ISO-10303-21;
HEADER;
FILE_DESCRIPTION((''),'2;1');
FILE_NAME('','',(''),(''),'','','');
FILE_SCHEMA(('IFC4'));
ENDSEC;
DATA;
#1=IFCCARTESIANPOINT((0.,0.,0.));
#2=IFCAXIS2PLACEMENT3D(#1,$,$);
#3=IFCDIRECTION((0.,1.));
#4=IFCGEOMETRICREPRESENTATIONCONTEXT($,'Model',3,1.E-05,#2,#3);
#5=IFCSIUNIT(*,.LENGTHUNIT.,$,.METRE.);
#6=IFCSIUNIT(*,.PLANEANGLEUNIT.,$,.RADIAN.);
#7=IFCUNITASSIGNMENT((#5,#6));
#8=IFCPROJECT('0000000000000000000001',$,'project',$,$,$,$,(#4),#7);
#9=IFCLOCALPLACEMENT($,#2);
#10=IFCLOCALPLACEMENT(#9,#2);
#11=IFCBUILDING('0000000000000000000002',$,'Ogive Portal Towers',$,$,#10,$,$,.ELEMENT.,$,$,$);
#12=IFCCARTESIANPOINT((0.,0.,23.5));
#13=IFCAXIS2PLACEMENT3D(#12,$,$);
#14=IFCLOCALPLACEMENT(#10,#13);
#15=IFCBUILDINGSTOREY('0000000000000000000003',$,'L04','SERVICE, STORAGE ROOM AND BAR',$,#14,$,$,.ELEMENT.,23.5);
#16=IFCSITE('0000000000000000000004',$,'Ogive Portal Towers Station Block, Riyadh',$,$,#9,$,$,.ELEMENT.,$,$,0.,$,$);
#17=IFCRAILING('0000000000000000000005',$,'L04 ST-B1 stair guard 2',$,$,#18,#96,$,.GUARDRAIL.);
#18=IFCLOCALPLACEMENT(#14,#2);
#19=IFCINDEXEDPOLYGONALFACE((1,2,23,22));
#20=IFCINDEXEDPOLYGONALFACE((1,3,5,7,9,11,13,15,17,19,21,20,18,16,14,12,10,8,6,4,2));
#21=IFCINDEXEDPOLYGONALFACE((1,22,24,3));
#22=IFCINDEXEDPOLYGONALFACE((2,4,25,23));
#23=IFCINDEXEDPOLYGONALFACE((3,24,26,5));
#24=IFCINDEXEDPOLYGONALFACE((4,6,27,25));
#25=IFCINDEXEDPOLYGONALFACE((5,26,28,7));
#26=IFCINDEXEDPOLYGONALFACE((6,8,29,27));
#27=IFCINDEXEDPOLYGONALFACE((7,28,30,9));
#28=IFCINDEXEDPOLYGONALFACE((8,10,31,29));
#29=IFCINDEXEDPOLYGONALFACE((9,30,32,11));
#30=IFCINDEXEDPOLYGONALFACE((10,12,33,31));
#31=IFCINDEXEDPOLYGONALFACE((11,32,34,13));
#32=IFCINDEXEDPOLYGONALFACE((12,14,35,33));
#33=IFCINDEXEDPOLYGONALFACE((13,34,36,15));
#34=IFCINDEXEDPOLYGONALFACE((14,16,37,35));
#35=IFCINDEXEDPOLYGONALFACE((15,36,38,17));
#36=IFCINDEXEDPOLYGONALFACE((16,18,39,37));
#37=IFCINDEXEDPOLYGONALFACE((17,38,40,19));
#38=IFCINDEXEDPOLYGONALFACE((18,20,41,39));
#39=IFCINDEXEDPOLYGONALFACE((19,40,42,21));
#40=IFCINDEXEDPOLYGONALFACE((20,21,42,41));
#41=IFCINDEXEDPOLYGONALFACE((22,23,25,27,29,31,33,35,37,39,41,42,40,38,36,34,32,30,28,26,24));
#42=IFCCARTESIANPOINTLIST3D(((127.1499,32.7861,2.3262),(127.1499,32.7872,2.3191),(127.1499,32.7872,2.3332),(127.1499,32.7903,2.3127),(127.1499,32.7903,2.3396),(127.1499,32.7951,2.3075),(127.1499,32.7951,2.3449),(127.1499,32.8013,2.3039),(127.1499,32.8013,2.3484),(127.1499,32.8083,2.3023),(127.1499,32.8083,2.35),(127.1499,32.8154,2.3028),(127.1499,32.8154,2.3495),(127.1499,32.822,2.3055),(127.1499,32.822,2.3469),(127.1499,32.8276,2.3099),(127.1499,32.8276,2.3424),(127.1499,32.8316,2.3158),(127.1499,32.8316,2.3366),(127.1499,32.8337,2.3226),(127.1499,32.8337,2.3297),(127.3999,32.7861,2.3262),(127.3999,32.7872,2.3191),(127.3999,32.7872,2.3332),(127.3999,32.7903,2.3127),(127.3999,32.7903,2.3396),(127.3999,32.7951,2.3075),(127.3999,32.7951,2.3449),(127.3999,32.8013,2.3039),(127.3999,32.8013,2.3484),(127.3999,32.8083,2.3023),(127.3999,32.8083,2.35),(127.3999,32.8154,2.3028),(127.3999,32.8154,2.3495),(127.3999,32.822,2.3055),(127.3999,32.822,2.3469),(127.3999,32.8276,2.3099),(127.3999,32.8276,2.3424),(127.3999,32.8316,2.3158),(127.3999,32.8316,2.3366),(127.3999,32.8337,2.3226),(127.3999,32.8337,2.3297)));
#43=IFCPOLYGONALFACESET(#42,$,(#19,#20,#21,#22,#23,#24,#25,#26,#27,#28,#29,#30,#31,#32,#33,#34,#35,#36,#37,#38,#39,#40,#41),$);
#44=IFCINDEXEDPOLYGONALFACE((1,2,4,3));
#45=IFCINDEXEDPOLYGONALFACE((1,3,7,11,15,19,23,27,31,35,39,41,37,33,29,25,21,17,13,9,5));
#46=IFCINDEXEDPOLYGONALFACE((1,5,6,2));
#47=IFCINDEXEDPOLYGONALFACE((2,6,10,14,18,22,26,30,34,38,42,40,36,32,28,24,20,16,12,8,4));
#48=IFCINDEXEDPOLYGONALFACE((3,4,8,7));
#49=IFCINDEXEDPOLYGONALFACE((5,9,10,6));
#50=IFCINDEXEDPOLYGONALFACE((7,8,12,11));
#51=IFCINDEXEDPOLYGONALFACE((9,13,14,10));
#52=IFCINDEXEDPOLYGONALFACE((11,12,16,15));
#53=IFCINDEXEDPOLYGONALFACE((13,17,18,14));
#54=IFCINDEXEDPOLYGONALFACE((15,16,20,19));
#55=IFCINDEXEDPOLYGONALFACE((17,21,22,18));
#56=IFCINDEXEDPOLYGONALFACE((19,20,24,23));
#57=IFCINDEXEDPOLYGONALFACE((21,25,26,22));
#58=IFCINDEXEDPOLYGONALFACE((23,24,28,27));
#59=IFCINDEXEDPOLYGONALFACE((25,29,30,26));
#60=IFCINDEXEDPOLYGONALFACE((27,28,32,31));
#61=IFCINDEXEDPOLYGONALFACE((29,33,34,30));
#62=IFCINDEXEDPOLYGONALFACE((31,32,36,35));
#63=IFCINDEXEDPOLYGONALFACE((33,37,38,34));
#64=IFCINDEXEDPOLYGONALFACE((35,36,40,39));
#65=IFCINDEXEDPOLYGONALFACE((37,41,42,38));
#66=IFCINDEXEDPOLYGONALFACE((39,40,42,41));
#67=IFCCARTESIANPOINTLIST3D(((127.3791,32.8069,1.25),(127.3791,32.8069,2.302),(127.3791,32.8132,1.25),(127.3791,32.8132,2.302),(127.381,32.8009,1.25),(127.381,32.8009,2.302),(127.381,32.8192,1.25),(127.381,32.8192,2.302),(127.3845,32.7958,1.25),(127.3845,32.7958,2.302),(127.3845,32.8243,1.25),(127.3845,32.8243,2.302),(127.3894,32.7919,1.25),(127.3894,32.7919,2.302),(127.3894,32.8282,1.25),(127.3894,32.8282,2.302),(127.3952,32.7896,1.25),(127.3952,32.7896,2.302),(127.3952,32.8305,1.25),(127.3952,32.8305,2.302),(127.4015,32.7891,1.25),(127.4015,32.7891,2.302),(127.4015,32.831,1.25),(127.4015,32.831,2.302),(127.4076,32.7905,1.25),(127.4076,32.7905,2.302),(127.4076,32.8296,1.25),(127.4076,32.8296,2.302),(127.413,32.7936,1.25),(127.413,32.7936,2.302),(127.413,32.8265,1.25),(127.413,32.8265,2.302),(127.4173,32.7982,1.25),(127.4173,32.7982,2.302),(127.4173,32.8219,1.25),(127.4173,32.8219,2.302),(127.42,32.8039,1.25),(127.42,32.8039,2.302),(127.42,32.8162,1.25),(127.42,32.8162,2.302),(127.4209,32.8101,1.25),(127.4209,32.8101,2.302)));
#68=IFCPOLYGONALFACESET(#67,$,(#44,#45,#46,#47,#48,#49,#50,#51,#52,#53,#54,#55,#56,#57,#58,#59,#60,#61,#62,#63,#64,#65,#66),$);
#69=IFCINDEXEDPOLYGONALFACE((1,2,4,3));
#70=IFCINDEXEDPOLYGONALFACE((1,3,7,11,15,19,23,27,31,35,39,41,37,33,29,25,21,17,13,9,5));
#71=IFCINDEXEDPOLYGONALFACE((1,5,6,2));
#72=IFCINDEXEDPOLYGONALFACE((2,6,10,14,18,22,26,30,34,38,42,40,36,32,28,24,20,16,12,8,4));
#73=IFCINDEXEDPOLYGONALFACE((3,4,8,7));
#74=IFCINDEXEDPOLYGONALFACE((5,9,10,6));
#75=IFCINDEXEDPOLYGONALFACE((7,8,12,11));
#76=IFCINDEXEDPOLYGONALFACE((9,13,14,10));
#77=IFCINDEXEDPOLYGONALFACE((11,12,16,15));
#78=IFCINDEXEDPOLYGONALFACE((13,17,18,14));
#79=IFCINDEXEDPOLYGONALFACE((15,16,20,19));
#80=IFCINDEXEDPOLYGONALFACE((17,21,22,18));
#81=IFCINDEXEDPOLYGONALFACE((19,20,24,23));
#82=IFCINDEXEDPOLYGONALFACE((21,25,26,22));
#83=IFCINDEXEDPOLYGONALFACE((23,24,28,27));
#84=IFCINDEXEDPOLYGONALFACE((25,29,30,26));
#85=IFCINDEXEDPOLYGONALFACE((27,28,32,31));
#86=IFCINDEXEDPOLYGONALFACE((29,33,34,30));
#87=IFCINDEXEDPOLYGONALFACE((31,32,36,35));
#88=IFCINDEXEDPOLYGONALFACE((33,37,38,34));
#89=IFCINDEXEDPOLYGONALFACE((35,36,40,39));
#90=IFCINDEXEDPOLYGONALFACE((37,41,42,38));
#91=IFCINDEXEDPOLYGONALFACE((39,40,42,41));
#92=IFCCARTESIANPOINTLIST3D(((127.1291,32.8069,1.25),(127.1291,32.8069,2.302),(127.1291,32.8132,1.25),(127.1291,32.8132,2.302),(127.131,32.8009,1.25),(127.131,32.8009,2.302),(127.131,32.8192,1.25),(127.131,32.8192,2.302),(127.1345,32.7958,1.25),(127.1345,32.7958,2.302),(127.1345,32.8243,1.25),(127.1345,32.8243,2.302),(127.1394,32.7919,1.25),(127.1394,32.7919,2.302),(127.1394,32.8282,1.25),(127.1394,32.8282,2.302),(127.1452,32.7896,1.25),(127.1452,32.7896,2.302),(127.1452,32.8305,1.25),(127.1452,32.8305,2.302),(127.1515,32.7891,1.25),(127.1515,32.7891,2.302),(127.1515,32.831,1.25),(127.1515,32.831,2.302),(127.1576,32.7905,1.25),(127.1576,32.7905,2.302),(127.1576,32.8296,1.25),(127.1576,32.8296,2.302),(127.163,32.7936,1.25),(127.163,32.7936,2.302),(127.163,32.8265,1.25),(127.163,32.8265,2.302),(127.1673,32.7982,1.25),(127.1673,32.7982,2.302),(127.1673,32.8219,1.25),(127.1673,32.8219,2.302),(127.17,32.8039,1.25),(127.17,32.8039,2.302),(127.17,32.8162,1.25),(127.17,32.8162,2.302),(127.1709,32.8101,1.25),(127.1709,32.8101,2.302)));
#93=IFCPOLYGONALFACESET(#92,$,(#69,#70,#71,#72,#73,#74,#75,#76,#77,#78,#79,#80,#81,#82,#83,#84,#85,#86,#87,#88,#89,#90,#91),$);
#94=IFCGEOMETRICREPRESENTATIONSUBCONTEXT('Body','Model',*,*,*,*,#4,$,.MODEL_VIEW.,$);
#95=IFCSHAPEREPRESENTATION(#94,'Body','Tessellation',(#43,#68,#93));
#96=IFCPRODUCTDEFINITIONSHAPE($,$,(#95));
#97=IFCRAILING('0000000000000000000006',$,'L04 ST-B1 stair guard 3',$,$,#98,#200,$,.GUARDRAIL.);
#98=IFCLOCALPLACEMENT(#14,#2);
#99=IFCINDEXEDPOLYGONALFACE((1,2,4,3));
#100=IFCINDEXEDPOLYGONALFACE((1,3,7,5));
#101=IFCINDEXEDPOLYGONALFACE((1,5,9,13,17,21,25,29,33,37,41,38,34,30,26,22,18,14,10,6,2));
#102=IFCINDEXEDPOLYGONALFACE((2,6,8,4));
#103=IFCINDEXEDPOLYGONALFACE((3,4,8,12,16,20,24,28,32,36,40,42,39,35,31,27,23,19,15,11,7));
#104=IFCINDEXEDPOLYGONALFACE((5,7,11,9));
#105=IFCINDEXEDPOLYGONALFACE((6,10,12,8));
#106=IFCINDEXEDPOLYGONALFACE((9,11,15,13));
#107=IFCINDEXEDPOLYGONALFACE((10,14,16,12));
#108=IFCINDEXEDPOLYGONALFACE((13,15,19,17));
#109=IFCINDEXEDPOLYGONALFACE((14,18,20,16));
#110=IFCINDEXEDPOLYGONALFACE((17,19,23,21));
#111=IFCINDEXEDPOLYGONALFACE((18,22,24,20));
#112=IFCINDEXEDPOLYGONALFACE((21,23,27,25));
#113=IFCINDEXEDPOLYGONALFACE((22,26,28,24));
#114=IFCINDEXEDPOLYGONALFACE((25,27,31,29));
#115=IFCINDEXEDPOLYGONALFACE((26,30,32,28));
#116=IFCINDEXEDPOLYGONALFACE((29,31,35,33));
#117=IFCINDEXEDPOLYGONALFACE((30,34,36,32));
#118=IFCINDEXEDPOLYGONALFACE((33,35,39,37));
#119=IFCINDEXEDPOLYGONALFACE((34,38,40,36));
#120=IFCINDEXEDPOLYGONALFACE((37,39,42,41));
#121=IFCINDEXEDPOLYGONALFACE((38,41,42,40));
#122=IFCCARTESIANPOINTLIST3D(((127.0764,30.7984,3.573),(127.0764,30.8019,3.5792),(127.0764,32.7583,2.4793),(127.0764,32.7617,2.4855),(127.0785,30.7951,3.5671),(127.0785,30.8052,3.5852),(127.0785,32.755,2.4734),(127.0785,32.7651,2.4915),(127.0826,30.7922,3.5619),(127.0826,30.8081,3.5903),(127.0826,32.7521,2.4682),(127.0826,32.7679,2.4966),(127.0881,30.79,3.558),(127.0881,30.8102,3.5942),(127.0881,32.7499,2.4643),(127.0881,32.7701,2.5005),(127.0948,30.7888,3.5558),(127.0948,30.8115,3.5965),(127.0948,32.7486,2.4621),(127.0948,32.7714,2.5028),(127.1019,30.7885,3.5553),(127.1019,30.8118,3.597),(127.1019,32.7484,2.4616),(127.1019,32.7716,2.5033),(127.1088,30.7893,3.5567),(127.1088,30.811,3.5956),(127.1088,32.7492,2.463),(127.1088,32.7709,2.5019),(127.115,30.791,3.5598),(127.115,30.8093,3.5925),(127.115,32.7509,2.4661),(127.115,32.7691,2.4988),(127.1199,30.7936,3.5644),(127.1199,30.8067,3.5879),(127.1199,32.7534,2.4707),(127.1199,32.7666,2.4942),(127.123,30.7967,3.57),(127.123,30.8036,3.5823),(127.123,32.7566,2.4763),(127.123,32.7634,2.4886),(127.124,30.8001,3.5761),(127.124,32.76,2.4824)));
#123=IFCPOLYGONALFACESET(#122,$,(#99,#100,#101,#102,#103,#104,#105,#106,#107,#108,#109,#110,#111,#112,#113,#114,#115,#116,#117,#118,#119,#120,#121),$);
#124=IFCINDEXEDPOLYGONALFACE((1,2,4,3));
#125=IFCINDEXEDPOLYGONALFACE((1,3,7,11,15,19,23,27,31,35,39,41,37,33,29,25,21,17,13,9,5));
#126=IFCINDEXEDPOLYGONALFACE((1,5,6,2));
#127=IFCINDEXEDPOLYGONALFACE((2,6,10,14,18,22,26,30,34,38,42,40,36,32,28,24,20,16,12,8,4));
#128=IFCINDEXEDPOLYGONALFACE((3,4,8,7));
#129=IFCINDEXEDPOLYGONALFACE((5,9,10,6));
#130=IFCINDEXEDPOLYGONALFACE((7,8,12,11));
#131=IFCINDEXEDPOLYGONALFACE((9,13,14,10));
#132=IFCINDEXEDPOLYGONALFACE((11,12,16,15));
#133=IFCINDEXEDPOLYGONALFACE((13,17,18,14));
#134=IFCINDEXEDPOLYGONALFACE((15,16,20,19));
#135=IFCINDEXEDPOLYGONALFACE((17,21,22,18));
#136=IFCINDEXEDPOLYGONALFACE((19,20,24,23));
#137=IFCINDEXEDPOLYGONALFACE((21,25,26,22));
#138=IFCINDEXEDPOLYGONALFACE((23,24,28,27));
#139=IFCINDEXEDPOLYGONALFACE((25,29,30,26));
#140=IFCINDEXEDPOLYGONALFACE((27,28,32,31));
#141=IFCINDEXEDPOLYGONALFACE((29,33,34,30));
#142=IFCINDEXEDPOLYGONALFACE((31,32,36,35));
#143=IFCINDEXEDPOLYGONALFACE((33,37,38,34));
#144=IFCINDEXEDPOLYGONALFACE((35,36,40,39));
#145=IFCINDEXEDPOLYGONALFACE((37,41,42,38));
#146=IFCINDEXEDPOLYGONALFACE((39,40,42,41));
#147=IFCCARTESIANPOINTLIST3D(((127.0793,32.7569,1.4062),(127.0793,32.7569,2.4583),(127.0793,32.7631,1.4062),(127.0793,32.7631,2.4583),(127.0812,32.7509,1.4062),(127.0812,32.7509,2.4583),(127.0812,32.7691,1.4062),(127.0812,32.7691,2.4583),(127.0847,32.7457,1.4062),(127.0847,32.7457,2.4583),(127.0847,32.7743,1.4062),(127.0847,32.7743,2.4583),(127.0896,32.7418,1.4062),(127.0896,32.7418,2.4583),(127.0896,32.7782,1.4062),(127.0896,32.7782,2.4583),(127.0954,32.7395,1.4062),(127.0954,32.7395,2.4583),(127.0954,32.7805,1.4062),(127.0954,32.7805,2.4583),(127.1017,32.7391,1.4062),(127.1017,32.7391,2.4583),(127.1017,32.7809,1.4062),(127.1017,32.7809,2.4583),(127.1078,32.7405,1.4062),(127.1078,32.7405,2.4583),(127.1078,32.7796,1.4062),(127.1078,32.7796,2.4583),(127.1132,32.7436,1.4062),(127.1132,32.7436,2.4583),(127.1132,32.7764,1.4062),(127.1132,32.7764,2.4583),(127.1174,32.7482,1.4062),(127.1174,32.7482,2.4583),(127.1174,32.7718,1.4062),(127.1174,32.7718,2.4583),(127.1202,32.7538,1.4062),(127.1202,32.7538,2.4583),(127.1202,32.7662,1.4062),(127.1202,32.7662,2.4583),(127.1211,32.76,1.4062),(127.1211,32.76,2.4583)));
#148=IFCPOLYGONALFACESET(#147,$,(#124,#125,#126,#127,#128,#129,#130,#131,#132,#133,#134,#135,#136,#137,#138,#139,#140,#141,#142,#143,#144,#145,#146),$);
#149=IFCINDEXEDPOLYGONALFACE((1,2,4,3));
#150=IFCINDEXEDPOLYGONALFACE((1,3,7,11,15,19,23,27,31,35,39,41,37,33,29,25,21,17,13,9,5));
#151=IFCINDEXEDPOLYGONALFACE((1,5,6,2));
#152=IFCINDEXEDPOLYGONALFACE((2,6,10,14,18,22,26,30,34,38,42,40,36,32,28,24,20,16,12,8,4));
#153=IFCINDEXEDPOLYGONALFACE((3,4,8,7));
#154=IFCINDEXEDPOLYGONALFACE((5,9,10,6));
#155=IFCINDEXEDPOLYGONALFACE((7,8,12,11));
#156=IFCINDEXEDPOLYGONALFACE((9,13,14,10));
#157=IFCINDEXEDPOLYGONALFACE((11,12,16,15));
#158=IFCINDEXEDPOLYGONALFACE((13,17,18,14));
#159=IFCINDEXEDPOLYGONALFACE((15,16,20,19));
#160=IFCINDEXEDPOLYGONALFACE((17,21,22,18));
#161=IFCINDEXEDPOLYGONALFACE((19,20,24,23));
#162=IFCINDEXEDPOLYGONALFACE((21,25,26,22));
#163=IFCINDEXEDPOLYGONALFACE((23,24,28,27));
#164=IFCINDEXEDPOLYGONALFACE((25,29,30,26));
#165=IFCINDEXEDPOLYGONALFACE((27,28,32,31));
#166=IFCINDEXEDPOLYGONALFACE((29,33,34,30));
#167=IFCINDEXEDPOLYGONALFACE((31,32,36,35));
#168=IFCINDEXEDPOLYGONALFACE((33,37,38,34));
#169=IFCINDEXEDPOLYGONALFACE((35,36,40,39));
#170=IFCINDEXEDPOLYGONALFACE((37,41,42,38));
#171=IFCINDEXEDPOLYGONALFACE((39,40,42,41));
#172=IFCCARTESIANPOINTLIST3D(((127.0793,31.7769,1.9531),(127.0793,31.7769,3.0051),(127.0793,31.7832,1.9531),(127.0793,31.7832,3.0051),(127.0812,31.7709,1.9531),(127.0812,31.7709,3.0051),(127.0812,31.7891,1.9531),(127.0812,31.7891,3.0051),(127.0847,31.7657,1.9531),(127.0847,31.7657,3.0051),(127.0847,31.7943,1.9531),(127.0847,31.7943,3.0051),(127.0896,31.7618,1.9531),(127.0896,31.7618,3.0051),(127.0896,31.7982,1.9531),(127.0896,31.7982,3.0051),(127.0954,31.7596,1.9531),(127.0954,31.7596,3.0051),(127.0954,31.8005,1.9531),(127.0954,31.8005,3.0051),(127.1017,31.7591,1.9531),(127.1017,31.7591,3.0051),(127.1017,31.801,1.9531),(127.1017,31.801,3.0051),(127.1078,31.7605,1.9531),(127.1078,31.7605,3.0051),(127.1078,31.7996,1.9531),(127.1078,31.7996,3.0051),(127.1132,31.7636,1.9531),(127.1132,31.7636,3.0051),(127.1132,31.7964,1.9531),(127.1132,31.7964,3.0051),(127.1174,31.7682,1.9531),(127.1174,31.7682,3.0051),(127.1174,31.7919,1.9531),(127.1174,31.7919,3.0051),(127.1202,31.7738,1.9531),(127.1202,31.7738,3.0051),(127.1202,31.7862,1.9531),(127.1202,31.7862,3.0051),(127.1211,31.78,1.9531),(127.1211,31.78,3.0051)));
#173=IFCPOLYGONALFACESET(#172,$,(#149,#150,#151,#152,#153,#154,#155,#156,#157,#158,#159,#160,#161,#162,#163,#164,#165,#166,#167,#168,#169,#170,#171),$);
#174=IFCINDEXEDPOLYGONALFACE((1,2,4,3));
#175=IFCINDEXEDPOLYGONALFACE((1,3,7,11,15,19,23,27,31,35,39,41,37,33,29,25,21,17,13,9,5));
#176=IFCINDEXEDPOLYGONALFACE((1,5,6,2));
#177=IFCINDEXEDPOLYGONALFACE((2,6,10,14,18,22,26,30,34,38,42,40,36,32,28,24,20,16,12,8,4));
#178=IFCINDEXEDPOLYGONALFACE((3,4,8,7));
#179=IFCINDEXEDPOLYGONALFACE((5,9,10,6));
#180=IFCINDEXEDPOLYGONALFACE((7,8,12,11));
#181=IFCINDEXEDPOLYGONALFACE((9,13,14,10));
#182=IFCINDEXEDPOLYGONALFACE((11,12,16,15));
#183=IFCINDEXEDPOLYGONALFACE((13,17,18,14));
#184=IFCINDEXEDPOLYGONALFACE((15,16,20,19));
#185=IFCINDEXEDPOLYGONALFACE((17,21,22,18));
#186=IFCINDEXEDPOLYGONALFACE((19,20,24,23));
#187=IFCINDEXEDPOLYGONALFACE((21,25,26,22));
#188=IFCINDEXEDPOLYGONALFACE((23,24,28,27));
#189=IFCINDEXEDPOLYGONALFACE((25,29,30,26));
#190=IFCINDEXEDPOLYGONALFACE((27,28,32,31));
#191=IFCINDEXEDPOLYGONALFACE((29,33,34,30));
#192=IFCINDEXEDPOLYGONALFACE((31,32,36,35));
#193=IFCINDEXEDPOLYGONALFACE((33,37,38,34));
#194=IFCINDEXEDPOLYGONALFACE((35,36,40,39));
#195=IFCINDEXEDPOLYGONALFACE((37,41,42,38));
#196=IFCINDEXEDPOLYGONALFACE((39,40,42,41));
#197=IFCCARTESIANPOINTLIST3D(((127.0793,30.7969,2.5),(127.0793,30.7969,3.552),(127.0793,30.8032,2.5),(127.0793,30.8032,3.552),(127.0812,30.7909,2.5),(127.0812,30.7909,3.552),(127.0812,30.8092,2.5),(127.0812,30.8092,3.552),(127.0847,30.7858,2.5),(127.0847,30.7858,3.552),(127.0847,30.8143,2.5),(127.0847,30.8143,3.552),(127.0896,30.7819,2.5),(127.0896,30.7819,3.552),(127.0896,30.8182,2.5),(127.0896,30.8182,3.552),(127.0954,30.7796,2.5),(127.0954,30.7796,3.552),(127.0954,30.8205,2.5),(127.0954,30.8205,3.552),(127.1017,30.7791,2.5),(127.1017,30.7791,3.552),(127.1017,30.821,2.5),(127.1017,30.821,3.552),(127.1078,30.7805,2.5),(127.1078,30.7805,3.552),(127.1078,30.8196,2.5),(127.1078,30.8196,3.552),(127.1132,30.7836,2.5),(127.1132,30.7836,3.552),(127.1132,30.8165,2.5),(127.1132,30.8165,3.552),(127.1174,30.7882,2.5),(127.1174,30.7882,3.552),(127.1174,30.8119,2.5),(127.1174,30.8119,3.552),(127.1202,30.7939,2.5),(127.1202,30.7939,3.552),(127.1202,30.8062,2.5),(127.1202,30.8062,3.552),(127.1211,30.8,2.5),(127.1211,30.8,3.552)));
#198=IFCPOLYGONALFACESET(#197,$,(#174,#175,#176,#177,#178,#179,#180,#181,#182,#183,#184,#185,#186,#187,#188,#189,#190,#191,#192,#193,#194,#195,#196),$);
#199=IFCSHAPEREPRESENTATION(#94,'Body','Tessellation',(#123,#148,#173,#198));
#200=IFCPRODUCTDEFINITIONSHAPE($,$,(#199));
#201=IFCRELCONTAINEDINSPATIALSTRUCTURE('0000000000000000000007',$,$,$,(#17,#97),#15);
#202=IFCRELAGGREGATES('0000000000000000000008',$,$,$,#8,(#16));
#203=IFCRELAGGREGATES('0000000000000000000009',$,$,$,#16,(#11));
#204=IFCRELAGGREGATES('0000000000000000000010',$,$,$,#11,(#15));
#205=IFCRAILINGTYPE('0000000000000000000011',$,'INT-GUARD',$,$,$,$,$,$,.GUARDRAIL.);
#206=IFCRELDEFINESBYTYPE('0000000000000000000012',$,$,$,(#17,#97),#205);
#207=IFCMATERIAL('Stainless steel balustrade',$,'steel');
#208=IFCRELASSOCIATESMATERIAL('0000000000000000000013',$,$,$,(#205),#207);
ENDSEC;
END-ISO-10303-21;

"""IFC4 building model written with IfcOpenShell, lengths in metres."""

from ifc_helpers import new_model, si_unit, direction, frame, origin, origin_2d, place, context, subcontext, project, spatial, circle, extrude, material, type_object, element, save


model = new_model("IFC4")

# Units and contexts
model_context = context("Model", 3, precision=1e-05, world=origin(), true_north=direction((0.0, 1.0)))
body_context = subcontext(model_context, "Body", "Model", "MODEL_VIEW")
ifc_project = project(units=[si_unit("LENGTHUNIT", "METRE"), si_unit("PLANEANGLEUNIT", "RADIAN")], contexts=[model_context])

# Site, building, storey
site_placement = place(None, origin())
site = spatial("IfcSite", under=ifc_project, at=site_placement, Name="Ogive Portal Towers Station Block, Riyadh", CompositionType="ELEMENT", RefElevation=0.0)
building_placement = place(site_placement, origin())
building = spatial("IfcBuilding", under=site, at=building_placement, Name="Ogive Portal Towers", CompositionType="ELEMENT")
storey_placement = place(building_placement, frame((0.0, 0.0, 23.5)))
storey = spatial("IfcBuildingStorey", under=building, at=storey_placement, Name="L04", Description="SERVICE, STORAGE ROOM AND BAR", CompositionType="ELEMENT", Elevation=23.5)

# Railings
ifc_material_1 = material(Name="Stainless steel balustrade", Category="steel")
railing_type_1 = type_object("IfcRailingType", Name="INT-GUARD", PredefinedType="GUARDRAIL", material=ifc_material_1)
railing_1_placement = place(storey_placement, frame((127.3999, 32.8101, 1.25)))
element("IfcRailing", 1, at=railing_1_placement, inside=storey, type_object=railing_type_1, Name="L04 ST-B1 stair guard 2", PredefinedType="GUARDRAIL", context=body_context, shape_type="SweptSolid", body=[
    extrude(circle(Radius=0.0239, at=origin_2d()), frame((0.0, 0.0, 1.0762), z_axis=(-1.0, 0.0, 0.0), x_axis=(0.0, -1.0, 0.0)), (0.0, 0.0, 1.0), 0.25),
    extrude(circle(Radius=0.021, at=origin_2d()), origin(), (0.0, 0.0, 1.0), 1.052),
    extrude(circle(Radius=0.021, at=origin_2d()), frame((-0.25, 0.0, 0.0)), (0.0, 0.0, 1.0), 1.052),
])
railing_2_placement = place(storey_placement, frame((127.1001, 32.76, 1.4062)))
element("IfcRailing", 2, at=railing_2_placement, inside=storey, type_object=railing_type_1, Name="L04 ST-B1 stair guard 3", PredefinedType="GUARDRAIL", context=body_context, shape_type="SweptSolid", body=[
    extrude(circle(Radius=0.0239, at=origin_2d()), frame((0.0, 0.0, 1.0762), z_axis=(0.0, -0.873232, 0.487304), x_axis=(1.0, 0.0, 0.0)), (0.0, 0.0, 1.0), 2.2444),
    extrude(circle(Radius=0.021, at=origin_2d()), origin(), (0.0, 0.0, 1.0), 1.052),
    extrude(circle(Radius=0.021, at=origin_2d()), frame((0.0, -0.98, 0.5469)), (0.0, 0.0, 1.0), 1.052),
    extrude(circle(Radius=0.021, at=origin_2d()), frame((0.0, -1.96, 1.0938)), (0.0, 0.0, 1.0), 1.052),
])

save(model, "model.ifc")
